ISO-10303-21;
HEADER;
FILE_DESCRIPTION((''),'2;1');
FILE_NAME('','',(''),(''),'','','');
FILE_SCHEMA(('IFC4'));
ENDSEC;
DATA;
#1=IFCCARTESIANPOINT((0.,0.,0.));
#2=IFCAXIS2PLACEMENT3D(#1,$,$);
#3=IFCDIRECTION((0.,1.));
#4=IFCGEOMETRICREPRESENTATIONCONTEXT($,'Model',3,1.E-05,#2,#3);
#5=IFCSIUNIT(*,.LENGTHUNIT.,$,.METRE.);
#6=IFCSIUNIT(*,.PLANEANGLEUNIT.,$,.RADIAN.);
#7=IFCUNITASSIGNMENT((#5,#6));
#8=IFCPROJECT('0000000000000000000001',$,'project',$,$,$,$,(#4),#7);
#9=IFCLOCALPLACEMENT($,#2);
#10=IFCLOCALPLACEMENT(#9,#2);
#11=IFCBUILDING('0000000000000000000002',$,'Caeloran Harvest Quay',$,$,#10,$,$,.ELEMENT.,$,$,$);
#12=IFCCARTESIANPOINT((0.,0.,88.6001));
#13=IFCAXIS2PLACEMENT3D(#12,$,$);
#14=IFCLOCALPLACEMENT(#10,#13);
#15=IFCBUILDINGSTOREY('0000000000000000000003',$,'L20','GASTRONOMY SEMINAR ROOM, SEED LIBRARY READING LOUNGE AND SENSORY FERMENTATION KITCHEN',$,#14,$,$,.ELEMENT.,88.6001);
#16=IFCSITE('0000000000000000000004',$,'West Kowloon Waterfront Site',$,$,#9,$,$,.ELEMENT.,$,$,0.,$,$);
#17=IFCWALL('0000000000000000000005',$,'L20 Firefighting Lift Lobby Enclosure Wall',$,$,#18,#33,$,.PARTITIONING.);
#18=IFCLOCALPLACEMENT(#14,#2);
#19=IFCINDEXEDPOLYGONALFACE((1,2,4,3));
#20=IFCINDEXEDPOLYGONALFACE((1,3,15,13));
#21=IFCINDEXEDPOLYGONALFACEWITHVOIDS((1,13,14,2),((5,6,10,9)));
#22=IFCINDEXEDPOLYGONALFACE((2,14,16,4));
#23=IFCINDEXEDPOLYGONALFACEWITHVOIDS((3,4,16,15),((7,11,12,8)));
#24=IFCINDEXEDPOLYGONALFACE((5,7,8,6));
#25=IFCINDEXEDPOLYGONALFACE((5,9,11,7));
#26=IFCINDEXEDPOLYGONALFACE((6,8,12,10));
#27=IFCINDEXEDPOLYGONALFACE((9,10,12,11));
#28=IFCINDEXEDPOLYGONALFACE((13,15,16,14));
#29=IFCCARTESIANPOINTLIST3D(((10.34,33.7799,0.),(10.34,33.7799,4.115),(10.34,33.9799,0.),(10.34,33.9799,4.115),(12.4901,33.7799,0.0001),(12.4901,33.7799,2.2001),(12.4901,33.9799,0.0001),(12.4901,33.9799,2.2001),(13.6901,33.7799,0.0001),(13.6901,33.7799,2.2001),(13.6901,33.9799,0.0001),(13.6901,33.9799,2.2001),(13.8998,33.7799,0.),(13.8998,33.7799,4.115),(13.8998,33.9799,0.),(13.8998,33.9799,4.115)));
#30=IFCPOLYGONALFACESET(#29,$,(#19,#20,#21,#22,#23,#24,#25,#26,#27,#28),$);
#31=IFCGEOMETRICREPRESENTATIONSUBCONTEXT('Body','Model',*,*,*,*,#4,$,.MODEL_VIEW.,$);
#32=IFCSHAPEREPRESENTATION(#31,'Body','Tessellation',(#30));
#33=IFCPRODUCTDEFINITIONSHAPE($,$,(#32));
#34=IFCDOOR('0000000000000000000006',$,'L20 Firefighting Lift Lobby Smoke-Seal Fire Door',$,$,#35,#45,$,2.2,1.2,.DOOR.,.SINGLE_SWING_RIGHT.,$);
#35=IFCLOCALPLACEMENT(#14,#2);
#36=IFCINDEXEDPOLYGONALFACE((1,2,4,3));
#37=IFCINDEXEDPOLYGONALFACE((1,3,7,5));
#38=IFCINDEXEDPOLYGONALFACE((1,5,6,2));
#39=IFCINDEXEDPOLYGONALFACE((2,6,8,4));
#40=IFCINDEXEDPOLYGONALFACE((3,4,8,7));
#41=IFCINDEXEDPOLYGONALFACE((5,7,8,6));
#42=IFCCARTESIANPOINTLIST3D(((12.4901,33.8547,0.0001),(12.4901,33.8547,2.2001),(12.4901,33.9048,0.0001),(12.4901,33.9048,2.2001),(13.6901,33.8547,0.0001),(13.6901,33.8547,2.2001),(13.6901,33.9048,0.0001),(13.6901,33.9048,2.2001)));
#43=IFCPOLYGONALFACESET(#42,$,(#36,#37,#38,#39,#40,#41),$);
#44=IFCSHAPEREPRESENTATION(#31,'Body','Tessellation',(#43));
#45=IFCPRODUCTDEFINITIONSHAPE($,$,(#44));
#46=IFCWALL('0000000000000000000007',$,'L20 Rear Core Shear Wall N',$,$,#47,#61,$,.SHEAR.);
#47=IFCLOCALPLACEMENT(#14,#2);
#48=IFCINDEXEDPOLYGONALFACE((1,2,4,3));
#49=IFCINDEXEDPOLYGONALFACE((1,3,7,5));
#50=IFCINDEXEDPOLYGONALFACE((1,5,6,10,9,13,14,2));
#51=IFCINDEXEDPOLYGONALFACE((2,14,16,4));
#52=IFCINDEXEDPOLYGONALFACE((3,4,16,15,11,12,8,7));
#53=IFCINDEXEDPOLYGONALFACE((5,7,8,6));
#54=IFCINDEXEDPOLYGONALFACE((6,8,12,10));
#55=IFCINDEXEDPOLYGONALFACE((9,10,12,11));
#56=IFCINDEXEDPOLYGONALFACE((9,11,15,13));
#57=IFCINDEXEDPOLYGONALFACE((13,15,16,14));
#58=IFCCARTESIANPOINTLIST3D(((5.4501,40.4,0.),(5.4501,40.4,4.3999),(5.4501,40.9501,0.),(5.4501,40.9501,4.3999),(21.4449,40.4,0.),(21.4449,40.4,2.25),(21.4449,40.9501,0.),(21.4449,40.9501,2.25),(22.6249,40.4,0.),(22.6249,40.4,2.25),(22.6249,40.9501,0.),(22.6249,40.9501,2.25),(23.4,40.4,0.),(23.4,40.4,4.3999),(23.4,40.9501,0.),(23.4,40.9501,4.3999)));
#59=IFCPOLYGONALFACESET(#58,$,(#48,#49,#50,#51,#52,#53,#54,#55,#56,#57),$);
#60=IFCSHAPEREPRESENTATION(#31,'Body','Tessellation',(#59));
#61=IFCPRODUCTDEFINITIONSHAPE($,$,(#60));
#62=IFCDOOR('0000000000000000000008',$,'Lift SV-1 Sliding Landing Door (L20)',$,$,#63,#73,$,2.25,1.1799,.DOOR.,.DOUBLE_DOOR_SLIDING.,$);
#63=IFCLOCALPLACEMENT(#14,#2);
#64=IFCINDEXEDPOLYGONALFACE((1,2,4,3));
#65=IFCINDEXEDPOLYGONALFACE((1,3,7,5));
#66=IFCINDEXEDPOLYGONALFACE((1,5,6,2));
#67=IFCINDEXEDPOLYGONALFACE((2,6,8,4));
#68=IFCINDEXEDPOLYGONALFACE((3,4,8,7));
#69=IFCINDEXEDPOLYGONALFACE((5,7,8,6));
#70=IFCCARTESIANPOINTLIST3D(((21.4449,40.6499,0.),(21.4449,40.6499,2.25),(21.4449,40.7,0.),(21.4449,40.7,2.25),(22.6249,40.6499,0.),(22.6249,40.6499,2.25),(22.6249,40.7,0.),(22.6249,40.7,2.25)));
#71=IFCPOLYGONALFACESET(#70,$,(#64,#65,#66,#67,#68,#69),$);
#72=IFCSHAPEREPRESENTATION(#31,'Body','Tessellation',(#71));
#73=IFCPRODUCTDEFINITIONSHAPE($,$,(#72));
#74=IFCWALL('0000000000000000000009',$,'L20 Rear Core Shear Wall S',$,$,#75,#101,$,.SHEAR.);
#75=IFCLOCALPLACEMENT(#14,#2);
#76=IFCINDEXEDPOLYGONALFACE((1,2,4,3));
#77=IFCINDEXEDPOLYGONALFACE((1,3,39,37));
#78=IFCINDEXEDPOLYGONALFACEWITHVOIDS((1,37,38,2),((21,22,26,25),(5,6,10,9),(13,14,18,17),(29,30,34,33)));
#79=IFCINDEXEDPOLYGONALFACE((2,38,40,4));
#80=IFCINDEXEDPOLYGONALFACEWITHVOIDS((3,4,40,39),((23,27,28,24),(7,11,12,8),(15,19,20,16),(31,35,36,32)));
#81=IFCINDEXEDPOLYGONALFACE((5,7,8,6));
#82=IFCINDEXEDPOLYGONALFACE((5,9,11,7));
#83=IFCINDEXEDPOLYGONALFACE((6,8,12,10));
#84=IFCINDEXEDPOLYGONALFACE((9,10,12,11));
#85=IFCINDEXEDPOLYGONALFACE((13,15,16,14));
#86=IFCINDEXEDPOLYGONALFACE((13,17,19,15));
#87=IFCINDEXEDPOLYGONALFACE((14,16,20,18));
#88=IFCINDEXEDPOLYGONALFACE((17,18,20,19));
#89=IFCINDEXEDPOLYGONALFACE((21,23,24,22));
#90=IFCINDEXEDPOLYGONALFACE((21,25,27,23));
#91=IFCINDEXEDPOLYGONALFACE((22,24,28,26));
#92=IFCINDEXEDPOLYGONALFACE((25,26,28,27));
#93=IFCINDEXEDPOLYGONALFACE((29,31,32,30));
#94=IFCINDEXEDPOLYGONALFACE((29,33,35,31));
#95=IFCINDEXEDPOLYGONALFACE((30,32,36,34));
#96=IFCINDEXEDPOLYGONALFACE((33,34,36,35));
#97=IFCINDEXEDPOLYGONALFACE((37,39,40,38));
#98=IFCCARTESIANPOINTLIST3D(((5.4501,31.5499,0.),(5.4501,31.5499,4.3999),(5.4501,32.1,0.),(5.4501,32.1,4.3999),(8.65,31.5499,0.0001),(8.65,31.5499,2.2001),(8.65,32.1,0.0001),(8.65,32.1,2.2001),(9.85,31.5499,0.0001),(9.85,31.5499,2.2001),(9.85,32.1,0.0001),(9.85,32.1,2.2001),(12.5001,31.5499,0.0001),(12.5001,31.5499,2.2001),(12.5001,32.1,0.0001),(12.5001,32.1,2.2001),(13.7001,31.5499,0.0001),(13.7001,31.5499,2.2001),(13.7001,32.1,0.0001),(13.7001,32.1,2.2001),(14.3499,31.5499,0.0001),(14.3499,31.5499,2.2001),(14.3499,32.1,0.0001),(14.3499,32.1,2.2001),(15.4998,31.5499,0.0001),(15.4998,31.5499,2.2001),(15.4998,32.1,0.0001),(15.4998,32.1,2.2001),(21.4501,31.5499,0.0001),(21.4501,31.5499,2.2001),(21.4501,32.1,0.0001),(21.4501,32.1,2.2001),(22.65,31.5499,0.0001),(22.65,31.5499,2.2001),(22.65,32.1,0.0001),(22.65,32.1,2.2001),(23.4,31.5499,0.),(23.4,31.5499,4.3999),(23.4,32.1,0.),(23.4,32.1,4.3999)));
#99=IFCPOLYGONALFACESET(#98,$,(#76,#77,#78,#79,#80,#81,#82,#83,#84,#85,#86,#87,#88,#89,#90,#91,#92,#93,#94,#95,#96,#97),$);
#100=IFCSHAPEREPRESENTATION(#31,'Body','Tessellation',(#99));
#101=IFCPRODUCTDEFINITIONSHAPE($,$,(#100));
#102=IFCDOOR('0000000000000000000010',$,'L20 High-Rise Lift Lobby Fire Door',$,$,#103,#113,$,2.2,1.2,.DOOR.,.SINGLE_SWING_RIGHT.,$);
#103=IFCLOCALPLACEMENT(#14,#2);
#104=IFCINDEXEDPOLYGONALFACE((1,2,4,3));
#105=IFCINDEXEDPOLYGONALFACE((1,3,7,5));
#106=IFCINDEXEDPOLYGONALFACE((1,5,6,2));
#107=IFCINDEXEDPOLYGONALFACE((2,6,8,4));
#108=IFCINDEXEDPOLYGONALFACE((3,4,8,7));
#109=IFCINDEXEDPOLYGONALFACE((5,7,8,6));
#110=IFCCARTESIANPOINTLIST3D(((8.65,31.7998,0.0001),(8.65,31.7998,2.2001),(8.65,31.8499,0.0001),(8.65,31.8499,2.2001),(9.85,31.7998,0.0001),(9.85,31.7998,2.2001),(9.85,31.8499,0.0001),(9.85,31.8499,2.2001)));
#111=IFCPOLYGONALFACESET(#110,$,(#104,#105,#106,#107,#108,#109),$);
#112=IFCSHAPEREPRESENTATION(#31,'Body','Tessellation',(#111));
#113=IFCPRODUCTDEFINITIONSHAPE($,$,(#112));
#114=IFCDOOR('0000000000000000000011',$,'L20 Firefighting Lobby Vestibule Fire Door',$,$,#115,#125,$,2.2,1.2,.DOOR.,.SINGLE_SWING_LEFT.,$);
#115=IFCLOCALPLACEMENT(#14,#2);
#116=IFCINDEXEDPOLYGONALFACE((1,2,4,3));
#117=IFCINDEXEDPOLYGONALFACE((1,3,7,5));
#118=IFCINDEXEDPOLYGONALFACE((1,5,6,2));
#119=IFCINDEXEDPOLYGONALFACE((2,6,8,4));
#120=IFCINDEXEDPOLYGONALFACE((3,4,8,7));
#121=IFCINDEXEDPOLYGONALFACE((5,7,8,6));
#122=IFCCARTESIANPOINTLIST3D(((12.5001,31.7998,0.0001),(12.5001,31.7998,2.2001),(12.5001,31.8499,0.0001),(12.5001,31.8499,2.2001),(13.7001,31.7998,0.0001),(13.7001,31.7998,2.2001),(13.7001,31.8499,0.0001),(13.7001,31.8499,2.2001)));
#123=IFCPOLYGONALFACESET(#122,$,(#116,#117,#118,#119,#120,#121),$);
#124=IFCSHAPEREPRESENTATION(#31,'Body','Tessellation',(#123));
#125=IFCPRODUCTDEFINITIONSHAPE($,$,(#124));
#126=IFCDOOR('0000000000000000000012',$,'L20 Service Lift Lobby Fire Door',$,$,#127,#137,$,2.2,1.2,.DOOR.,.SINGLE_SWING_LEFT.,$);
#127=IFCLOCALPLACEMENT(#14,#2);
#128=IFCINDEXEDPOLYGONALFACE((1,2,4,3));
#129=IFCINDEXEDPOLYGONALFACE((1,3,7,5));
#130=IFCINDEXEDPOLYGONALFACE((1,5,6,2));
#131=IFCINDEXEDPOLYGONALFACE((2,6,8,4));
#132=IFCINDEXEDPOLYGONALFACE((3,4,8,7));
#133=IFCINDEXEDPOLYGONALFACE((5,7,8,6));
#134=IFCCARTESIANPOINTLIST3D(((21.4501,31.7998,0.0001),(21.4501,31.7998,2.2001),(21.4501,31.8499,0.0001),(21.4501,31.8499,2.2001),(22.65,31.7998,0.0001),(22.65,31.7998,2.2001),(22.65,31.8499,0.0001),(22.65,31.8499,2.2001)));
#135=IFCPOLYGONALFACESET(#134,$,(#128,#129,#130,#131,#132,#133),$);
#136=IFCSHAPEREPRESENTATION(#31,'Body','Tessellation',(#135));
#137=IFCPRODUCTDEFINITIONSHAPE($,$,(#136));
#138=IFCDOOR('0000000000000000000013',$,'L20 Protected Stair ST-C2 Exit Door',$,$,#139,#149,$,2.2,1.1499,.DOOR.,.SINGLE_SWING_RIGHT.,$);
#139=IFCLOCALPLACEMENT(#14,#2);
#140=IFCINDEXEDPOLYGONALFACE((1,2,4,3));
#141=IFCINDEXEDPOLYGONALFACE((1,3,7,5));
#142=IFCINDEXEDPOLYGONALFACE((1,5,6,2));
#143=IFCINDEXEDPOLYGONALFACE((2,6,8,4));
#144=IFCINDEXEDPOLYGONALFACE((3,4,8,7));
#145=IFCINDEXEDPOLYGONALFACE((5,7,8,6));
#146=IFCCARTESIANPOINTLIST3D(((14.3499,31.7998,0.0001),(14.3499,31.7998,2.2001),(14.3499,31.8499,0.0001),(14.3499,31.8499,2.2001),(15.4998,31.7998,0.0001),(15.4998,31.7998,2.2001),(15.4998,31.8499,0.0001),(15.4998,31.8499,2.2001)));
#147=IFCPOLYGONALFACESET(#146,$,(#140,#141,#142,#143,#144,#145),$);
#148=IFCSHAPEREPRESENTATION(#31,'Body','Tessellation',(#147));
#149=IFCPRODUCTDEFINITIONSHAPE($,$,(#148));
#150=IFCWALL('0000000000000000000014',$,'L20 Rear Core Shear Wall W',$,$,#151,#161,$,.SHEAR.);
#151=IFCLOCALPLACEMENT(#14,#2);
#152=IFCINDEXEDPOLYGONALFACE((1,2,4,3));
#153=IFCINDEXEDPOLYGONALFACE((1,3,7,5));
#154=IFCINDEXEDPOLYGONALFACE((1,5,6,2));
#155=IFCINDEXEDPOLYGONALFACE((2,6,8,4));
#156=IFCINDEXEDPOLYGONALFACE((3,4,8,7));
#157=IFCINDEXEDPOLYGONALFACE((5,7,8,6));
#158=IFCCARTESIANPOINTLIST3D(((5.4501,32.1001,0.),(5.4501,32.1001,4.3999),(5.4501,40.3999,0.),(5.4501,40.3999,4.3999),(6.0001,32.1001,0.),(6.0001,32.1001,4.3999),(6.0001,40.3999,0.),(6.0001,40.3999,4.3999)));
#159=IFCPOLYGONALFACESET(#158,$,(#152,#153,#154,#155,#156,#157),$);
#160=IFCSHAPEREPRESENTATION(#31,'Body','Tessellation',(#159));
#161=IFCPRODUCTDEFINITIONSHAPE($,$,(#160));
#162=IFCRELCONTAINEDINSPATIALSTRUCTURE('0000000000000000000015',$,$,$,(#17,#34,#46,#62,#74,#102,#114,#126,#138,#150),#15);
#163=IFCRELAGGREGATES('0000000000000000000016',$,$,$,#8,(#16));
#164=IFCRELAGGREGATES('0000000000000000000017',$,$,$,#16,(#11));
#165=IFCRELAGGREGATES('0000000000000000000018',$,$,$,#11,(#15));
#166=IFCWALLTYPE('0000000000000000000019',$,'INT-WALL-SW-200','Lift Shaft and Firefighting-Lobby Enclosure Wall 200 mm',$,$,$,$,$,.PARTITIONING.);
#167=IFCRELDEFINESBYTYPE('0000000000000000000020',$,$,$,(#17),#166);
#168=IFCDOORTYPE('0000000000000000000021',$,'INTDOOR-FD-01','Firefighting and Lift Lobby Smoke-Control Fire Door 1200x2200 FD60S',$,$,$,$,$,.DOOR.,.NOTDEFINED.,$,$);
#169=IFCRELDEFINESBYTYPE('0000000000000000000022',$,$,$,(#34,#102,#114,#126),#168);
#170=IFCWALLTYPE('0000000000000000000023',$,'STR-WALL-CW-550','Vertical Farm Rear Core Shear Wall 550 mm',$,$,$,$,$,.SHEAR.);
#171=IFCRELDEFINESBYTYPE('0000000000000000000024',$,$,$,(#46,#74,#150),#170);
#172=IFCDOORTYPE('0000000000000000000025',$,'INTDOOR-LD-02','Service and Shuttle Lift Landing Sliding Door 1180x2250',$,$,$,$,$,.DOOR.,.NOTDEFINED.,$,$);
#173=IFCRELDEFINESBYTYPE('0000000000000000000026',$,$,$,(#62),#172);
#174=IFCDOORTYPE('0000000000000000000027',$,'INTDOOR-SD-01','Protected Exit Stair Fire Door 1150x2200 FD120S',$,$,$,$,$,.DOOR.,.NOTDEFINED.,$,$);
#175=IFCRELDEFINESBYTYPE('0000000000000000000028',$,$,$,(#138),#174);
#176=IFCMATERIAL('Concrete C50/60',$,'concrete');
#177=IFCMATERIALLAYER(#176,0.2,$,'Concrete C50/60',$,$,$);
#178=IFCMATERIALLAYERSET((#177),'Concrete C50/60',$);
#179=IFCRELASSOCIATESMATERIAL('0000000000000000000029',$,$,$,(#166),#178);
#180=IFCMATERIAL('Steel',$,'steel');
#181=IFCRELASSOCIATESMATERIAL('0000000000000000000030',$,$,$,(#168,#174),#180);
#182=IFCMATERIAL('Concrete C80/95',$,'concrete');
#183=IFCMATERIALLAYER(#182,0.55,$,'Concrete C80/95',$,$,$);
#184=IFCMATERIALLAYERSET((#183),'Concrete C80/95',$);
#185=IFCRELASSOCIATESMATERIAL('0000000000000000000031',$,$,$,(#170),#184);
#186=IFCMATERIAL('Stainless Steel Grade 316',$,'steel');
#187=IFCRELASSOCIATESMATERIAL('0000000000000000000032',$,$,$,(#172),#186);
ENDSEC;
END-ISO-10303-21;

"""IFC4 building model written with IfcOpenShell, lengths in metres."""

from ifc_helpers import new_model, si_unit, direction, frame, frame_2d, origin, place, context, subcontext, project, spatial, rectangle, extrude, material, layer, layer_set, type_object, element, fill, save


model = new_model("IFC4")

# Units and contexts
model_context = context("Model", 3, precision=1e-05, world=origin(), true_north=direction((0.0, 1.0)))
body_context = subcontext(model_context, "Body", "Model", "MODEL_VIEW")
ifc_project = project(units=[si_unit("LENGTHUNIT", "METRE"), si_unit("PLANEANGLEUNIT", "RADIAN")], contexts=[model_context])

# Site, building, storey
site_placement = place(None, origin())
site = spatial("IfcSite", under=ifc_project, at=site_placement, Name="West Kowloon Waterfront Site", CompositionType="ELEMENT", RefElevation=0.0)
building_placement = place(site_placement, origin())
building = spatial("IfcBuilding", under=site, at=building_placement, Name="Caeloran Harvest Quay", CompositionType="ELEMENT")
storey_placement = place(building_placement, frame((0.0, 0.0, 88.6001)))
storey = spatial("IfcBuildingStorey", under=building, at=storey_placement, Name="L20", Description="GASTRONOMY SEMINAR ROOM, SEED LIBRARY READING LOUNGE AND SENSORY FERMENTATION KITCHEN", CompositionType="ELEMENT", Elevation=88.6001)

# Shared definitions
ifc_material_1 = material(Name="Concrete C80/95", Category="concrete")

# Shared definitions
ifc_material_2 = material(Name="Concrete C50/60", Category="concrete")
ifc_layer_1 = layer(ifc_material_2, 0.2, Name="Concrete C50/60")
ifc_layer_set_1 = layer_set([ifc_layer_1], Name="Concrete C50/60")
wall_type_1 = type_object("IfcWallType", Name="INT-WALL-SW-200", Description="Lift Shaft and Firefighting-Lobby Enclosure Wall 200 mm", PredefinedType="PARTITIONING", material=ifc_layer_set_1)

# Shared definitions
ifc_material_3 = material(Name="Stainless Steel Grade 316", Category="steel")

# Walls, openings, doors
wall_1_placement = place(storey_placement, frame((10.3401, 33.8799, 0.0), z_axis=(0.0, 0.0, 1.0), x_axis=(1.0, 0.0, 0.0)))
wall_1 = element("IfcWall", 1, at=wall_1_placement, inside=storey, type_object=wall_type_1, Name="L20 Firefighting Lift Lobby Enclosure Wall", PredefinedType="PARTITIONING", context=body_context, shape_type="SweptSolid", body=[
    extrude(rectangle(XDim=3.5598, YDim=0.2, at=frame_2d((1.7798, 0.0))), origin(), (0.0, 0.0, 1.0), 4.115),
])
opening_1_placement = place(wall_1_placement, frame((2.1499, 0.0, 0.0)))
opening_1 = element("IfcOpeningElement", 2, at=opening_1_placement, cuts=wall_1, PredefinedType="OPENING", context=body_context, shape_type="SweptSolid", body=[
    extrude(rectangle(XDim=1.2, YDim=2.2, at=frame_2d((0.6001, 1.1001))), frame((0.0, 0.1099, 0.0), z_axis=(0.0, -1.0, 0.0), x_axis=(1.0, 0.0, 0.0)), (0.0, 0.0, 1.0), 0.22),
])
ifc_material_4 = material(Name="Steel", Category="steel")
door_type_1 = type_object("IfcDoorType", Name="INTDOOR-FD-01", Description="Firefighting and Lift Lobby Smoke-Control Fire Door 1200x2200 FD60S", OperationType="NOTDEFINED", PredefinedType="DOOR", material=ifc_material_4)
door_1_placement = place(opening_1_placement, origin())
door_1 = element("IfcDoor", 3, at=door_1_placement, inside=storey, type_object=door_type_1, Name="L20 Firefighting Lift Lobby Smoke-Seal Fire Door", OperationType="SINGLE_SWING_RIGHT", OverallHeight=2.2, OverallWidth=1.2, PredefinedType="DOOR", context=body_context, shape_type="SweptSolid", body=[
    extrude(rectangle(XDim=1.2, YDim=2.2, at=frame_2d((0.6001, 1.1001))), frame((0.0, 0.0249, 0.0), z_axis=(0.0, -1.0, 0.0), x_axis=(1.0, 0.0, 0.0)), (0.0, 0.0, 1.0), 0.05),
])
fill(opening_1, door_1)
ifc_layer_2 = layer(ifc_material_1, 0.55, Name="Concrete C80/95")
ifc_layer_set_2 = layer_set([ifc_layer_2], Name="Concrete C80/95")
wall_type_2 = type_object("IfcWallType", Name="STR-WALL-CW-550", Description="Vertical Farm Rear Core Shear Wall 550 mm", PredefinedType="SHEAR", material=ifc_layer_set_2)
wall_2_placement = place(storey_placement, frame((5.45, 40.675, 0.0), z_axis=(0.0, 0.0, 1.0), x_axis=(1.0, 0.0, 0.0)))
wall_2 = element("IfcWall", 4, at=wall_2_placement, inside=storey, type_object=wall_type_2, Name="L20 Rear Core Shear Wall N", PredefinedType="SHEAR", context=body_context, shape_type="SweptSolid", body=[
    extrude(rectangle(XDim=17.95, YDim=0.55, at=frame_2d((8.9751, 0.0))), origin(), (0.0, 0.0, 1.0), 4.3999),
])
opening_2_placement = place(wall_2_placement, frame((15.9951, 0.0, 0.0)))
opening_2 = element("IfcOpeningElement", 5, at=opening_2_placement, cuts=wall_2, PredefinedType="OPENING", context=body_context, shape_type="SweptSolid", body=[
    extrude(rectangle(XDim=1.1799, YDim=2.25, at=frame_2d((0.5898, 1.125))), frame((0.0, 0.2852, 0.0), z_axis=(0.0, -1.0, 0.0), x_axis=(1.0, 0.0, 0.0)), (0.0, 0.0, 1.0), 0.5701),
])
door_type_2 = type_object("IfcDoorType", Name="INTDOOR-LD-02", Description="Service and Shuttle Lift Landing Sliding Door 1180x2250", OperationType="NOTDEFINED", PredefinedType="DOOR", material=ifc_material_3)
door_2_placement = place(opening_2_placement, origin())
door_2 = element("IfcDoor", 6, at=door_2_placement, inside=storey, type_object=door_type_2, Name="Lift SV-1 Sliding Landing Door (L20)", OperationType="DOUBLE_DOOR_SLIDING", OverallHeight=2.25, OverallWidth=1.1799, PredefinedType="DOOR", context=body_context, shape_type="SweptSolid", body=[
    extrude(rectangle(XDim=1.1799, YDim=2.25, at=frame_2d((0.5898, 1.125))), frame((0.0, 0.0249, 0.0), z_axis=(0.0, -1.0, 0.0), x_axis=(1.0, 0.0, 0.0)), (0.0, 0.0, 1.0), 0.05),
])
fill(opening_2, door_2)

# Wall, openings, doors
wall_3_placement = place(storey_placement, frame((5.45, 31.825, 0.0), z_axis=(0.0, 0.0, 1.0), x_axis=(1.0, 0.0, 0.0)))
wall_3 = element("IfcWall", 7, at=wall_3_placement, inside=storey, type_object=wall_type_2, Name="L20 Rear Core Shear Wall S", PredefinedType="SHEAR", context=body_context, shape_type="SweptSolid", body=[
    extrude(rectangle(XDim=17.95, YDim=0.55, at=frame_2d((8.9751, 0.0))), origin(), (0.0, 0.0, 1.0), 4.3999),
])
opening_3_placement = place(wall_3_placement, frame((3.2, 0.0, 0.0)))
opening_3 = element("IfcOpeningElement", 8, at=opening_3_placement, cuts=wall_3, PredefinedType="OPENING", context=body_context, shape_type="SweptSolid", body=[
    extrude(rectangle(XDim=1.2, YDim=2.2, at=frame_2d((0.6001, 1.1001))), frame((0.0, 0.2852, 0.0), z_axis=(0.0, -1.0, 0.0), x_axis=(1.0, 0.0, 0.0)), (0.0, 0.0, 1.0), 0.5701),
])
opening_4_placement = place(wall_3_placement, frame((7.05, 0.0, 0.0)))
opening_4 = element("IfcOpeningElement", 9, at=opening_4_placement, cuts=wall_3, PredefinedType="OPENING", context=body_context, shape_type="SweptSolid", body=[
    extrude(rectangle(XDim=1.2, YDim=2.2, at=frame_2d((0.6001, 1.1001))), frame((0.0, 0.2852, 0.0), z_axis=(0.0, -1.0, 0.0), x_axis=(1.0, 0.0, 0.0)), (0.0, 0.0, 1.0), 0.5701),
])
opening_5_placement = place(wall_3_placement, frame((8.8999, 0.0, 0.0)))
opening_5 = element("IfcOpeningElement", 10, at=opening_5_placement, cuts=wall_3, PredefinedType="OPENING", context=body_context, shape_type="SweptSolid", body=[
    extrude(rectangle(XDim=1.1499, YDim=2.2, at=frame_2d((0.575, 1.1001))), frame((0.0, 0.2852, 0.0), z_axis=(0.0, -1.0, 0.0), x_axis=(1.0, 0.0, 0.0)), (0.0, 0.0, 1.0), 0.5701),
])
opening_6_placement = place(wall_3_placement, frame((16.0, 0.0, 0.0)))
opening_6 = element("IfcOpeningElement", 11, at=opening_6_placement, cuts=wall_3, PredefinedType="OPENING", context=body_context, shape_type="SweptSolid", body=[
    extrude(rectangle(XDim=1.2, YDim=2.2, at=frame_2d((0.6001, 1.1001))), frame((0.0, 0.2852, 0.0), z_axis=(0.0, -1.0, 0.0), x_axis=(1.0, 0.0, 0.0)), (0.0, 0.0, 1.0), 0.5701),
])
door_3_placement = place(opening_3_placement, origin())
door_3 = element("IfcDoor", 12, at=door_3_placement, inside=storey, type_object=door_type_1, Name="L20 High-Rise Lift Lobby Fire Door", OperationType="SINGLE_SWING_RIGHT", OverallHeight=2.2, OverallWidth=1.2, PredefinedType="DOOR", context=body_context, shape_type="SweptSolid", body=[
    extrude(rectangle(XDim=1.2, YDim=2.2, at=frame_2d((0.6001, 1.1001))), frame((0.0, 0.0249, 0.0), z_axis=(0.0, -1.0, 0.0), x_axis=(1.0, 0.0, 0.0)), (0.0, 0.0, 1.0), 0.05),
])
fill(opening_3, door_3)
door_4_placement = place(opening_4_placement, origin())
door_4 = element("IfcDoor", 13, at=door_4_placement, inside=storey, type_object=door_type_1, Name="L20 Firefighting Lobby Vestibule Fire Door", OperationType="SINGLE_SWING_LEFT", OverallHeight=2.2, OverallWidth=1.2, PredefinedType="DOOR", context=body_context, shape_type="SweptSolid", body=[
    extrude(rectangle(XDim=1.2, YDim=2.2, at=frame_2d((0.6001, 1.1001))), frame((0.0, 0.0249, 0.0), z_axis=(0.0, -1.0, 0.0), x_axis=(1.0, 0.0, 0.0)), (0.0, 0.0, 1.0), 0.05),
])
fill(opening_4, door_4)
door_5_placement = place(opening_6_placement, origin())
door_5 = element("IfcDoor", 14, at=door_5_placement, inside=storey, type_object=door_type_1, Name="L20 Service Lift Lobby Fire Door", OperationType="SINGLE_SWING_LEFT", OverallHeight=2.2, OverallWidth=1.2, PredefinedType="DOOR", context=body_context, shape_type="SweptSolid", body=[
    extrude(rectangle(XDim=1.2, YDim=2.2, at=frame_2d((0.6001, 1.1001))), frame((0.0, 0.0249, 0.0), z_axis=(0.0, -1.0, 0.0), x_axis=(1.0, 0.0, 0.0)), (0.0, 0.0, 1.0), 0.05),
])
fill(opening_6, door_5)
door_type_3 = type_object("IfcDoorType", Name="INTDOOR-SD-01", Description="Protected Exit Stair Fire Door 1150x2200 FD120S", OperationType="NOTDEFINED", PredefinedType="DOOR", material=ifc_material_4)
door_6_placement = place(opening_5_placement, origin())
door_6 = element("IfcDoor", 15, at=door_6_placement, inside=storey, type_object=door_type_3, Name="L20 Protected Stair ST-C2 Exit Door", OperationType="SINGLE_SWING_RIGHT", OverallHeight=2.2, OverallWidth=1.1499, PredefinedType="DOOR", context=body_context, shape_type="SweptSolid", body=[
    extrude(rectangle(XDim=1.1499, YDim=2.2, at=frame_2d((0.575, 1.1001))), frame((0.0, 0.0249, 0.0), z_axis=(0.0, -1.0, 0.0), x_axis=(1.0, 0.0, 0.0)), (0.0, 0.0, 1.0), 0.05),
])
fill(opening_5, door_6)

# Wall
wall_4_placement = place(storey_placement, frame((5.7251, 32.1001, 0.0), z_axis=(0.0, 0.0, 1.0), x_axis=(0.0, 1.0, 0.0)))
element("IfcWall", 16, at=wall_4_placement, inside=storey, type_object=wall_type_2, Name="L20 Rear Core Shear Wall W", PredefinedType="SHEAR", context=body_context, shape_type="SweptSolid", body=[
    extrude(rectangle(XDim=8.2998, YDim=0.55, at=frame_2d((4.1499, 0.0))), origin(), (0.0, 0.0, 1.0), 4.3999),
])

save(model, "model.ifc")
